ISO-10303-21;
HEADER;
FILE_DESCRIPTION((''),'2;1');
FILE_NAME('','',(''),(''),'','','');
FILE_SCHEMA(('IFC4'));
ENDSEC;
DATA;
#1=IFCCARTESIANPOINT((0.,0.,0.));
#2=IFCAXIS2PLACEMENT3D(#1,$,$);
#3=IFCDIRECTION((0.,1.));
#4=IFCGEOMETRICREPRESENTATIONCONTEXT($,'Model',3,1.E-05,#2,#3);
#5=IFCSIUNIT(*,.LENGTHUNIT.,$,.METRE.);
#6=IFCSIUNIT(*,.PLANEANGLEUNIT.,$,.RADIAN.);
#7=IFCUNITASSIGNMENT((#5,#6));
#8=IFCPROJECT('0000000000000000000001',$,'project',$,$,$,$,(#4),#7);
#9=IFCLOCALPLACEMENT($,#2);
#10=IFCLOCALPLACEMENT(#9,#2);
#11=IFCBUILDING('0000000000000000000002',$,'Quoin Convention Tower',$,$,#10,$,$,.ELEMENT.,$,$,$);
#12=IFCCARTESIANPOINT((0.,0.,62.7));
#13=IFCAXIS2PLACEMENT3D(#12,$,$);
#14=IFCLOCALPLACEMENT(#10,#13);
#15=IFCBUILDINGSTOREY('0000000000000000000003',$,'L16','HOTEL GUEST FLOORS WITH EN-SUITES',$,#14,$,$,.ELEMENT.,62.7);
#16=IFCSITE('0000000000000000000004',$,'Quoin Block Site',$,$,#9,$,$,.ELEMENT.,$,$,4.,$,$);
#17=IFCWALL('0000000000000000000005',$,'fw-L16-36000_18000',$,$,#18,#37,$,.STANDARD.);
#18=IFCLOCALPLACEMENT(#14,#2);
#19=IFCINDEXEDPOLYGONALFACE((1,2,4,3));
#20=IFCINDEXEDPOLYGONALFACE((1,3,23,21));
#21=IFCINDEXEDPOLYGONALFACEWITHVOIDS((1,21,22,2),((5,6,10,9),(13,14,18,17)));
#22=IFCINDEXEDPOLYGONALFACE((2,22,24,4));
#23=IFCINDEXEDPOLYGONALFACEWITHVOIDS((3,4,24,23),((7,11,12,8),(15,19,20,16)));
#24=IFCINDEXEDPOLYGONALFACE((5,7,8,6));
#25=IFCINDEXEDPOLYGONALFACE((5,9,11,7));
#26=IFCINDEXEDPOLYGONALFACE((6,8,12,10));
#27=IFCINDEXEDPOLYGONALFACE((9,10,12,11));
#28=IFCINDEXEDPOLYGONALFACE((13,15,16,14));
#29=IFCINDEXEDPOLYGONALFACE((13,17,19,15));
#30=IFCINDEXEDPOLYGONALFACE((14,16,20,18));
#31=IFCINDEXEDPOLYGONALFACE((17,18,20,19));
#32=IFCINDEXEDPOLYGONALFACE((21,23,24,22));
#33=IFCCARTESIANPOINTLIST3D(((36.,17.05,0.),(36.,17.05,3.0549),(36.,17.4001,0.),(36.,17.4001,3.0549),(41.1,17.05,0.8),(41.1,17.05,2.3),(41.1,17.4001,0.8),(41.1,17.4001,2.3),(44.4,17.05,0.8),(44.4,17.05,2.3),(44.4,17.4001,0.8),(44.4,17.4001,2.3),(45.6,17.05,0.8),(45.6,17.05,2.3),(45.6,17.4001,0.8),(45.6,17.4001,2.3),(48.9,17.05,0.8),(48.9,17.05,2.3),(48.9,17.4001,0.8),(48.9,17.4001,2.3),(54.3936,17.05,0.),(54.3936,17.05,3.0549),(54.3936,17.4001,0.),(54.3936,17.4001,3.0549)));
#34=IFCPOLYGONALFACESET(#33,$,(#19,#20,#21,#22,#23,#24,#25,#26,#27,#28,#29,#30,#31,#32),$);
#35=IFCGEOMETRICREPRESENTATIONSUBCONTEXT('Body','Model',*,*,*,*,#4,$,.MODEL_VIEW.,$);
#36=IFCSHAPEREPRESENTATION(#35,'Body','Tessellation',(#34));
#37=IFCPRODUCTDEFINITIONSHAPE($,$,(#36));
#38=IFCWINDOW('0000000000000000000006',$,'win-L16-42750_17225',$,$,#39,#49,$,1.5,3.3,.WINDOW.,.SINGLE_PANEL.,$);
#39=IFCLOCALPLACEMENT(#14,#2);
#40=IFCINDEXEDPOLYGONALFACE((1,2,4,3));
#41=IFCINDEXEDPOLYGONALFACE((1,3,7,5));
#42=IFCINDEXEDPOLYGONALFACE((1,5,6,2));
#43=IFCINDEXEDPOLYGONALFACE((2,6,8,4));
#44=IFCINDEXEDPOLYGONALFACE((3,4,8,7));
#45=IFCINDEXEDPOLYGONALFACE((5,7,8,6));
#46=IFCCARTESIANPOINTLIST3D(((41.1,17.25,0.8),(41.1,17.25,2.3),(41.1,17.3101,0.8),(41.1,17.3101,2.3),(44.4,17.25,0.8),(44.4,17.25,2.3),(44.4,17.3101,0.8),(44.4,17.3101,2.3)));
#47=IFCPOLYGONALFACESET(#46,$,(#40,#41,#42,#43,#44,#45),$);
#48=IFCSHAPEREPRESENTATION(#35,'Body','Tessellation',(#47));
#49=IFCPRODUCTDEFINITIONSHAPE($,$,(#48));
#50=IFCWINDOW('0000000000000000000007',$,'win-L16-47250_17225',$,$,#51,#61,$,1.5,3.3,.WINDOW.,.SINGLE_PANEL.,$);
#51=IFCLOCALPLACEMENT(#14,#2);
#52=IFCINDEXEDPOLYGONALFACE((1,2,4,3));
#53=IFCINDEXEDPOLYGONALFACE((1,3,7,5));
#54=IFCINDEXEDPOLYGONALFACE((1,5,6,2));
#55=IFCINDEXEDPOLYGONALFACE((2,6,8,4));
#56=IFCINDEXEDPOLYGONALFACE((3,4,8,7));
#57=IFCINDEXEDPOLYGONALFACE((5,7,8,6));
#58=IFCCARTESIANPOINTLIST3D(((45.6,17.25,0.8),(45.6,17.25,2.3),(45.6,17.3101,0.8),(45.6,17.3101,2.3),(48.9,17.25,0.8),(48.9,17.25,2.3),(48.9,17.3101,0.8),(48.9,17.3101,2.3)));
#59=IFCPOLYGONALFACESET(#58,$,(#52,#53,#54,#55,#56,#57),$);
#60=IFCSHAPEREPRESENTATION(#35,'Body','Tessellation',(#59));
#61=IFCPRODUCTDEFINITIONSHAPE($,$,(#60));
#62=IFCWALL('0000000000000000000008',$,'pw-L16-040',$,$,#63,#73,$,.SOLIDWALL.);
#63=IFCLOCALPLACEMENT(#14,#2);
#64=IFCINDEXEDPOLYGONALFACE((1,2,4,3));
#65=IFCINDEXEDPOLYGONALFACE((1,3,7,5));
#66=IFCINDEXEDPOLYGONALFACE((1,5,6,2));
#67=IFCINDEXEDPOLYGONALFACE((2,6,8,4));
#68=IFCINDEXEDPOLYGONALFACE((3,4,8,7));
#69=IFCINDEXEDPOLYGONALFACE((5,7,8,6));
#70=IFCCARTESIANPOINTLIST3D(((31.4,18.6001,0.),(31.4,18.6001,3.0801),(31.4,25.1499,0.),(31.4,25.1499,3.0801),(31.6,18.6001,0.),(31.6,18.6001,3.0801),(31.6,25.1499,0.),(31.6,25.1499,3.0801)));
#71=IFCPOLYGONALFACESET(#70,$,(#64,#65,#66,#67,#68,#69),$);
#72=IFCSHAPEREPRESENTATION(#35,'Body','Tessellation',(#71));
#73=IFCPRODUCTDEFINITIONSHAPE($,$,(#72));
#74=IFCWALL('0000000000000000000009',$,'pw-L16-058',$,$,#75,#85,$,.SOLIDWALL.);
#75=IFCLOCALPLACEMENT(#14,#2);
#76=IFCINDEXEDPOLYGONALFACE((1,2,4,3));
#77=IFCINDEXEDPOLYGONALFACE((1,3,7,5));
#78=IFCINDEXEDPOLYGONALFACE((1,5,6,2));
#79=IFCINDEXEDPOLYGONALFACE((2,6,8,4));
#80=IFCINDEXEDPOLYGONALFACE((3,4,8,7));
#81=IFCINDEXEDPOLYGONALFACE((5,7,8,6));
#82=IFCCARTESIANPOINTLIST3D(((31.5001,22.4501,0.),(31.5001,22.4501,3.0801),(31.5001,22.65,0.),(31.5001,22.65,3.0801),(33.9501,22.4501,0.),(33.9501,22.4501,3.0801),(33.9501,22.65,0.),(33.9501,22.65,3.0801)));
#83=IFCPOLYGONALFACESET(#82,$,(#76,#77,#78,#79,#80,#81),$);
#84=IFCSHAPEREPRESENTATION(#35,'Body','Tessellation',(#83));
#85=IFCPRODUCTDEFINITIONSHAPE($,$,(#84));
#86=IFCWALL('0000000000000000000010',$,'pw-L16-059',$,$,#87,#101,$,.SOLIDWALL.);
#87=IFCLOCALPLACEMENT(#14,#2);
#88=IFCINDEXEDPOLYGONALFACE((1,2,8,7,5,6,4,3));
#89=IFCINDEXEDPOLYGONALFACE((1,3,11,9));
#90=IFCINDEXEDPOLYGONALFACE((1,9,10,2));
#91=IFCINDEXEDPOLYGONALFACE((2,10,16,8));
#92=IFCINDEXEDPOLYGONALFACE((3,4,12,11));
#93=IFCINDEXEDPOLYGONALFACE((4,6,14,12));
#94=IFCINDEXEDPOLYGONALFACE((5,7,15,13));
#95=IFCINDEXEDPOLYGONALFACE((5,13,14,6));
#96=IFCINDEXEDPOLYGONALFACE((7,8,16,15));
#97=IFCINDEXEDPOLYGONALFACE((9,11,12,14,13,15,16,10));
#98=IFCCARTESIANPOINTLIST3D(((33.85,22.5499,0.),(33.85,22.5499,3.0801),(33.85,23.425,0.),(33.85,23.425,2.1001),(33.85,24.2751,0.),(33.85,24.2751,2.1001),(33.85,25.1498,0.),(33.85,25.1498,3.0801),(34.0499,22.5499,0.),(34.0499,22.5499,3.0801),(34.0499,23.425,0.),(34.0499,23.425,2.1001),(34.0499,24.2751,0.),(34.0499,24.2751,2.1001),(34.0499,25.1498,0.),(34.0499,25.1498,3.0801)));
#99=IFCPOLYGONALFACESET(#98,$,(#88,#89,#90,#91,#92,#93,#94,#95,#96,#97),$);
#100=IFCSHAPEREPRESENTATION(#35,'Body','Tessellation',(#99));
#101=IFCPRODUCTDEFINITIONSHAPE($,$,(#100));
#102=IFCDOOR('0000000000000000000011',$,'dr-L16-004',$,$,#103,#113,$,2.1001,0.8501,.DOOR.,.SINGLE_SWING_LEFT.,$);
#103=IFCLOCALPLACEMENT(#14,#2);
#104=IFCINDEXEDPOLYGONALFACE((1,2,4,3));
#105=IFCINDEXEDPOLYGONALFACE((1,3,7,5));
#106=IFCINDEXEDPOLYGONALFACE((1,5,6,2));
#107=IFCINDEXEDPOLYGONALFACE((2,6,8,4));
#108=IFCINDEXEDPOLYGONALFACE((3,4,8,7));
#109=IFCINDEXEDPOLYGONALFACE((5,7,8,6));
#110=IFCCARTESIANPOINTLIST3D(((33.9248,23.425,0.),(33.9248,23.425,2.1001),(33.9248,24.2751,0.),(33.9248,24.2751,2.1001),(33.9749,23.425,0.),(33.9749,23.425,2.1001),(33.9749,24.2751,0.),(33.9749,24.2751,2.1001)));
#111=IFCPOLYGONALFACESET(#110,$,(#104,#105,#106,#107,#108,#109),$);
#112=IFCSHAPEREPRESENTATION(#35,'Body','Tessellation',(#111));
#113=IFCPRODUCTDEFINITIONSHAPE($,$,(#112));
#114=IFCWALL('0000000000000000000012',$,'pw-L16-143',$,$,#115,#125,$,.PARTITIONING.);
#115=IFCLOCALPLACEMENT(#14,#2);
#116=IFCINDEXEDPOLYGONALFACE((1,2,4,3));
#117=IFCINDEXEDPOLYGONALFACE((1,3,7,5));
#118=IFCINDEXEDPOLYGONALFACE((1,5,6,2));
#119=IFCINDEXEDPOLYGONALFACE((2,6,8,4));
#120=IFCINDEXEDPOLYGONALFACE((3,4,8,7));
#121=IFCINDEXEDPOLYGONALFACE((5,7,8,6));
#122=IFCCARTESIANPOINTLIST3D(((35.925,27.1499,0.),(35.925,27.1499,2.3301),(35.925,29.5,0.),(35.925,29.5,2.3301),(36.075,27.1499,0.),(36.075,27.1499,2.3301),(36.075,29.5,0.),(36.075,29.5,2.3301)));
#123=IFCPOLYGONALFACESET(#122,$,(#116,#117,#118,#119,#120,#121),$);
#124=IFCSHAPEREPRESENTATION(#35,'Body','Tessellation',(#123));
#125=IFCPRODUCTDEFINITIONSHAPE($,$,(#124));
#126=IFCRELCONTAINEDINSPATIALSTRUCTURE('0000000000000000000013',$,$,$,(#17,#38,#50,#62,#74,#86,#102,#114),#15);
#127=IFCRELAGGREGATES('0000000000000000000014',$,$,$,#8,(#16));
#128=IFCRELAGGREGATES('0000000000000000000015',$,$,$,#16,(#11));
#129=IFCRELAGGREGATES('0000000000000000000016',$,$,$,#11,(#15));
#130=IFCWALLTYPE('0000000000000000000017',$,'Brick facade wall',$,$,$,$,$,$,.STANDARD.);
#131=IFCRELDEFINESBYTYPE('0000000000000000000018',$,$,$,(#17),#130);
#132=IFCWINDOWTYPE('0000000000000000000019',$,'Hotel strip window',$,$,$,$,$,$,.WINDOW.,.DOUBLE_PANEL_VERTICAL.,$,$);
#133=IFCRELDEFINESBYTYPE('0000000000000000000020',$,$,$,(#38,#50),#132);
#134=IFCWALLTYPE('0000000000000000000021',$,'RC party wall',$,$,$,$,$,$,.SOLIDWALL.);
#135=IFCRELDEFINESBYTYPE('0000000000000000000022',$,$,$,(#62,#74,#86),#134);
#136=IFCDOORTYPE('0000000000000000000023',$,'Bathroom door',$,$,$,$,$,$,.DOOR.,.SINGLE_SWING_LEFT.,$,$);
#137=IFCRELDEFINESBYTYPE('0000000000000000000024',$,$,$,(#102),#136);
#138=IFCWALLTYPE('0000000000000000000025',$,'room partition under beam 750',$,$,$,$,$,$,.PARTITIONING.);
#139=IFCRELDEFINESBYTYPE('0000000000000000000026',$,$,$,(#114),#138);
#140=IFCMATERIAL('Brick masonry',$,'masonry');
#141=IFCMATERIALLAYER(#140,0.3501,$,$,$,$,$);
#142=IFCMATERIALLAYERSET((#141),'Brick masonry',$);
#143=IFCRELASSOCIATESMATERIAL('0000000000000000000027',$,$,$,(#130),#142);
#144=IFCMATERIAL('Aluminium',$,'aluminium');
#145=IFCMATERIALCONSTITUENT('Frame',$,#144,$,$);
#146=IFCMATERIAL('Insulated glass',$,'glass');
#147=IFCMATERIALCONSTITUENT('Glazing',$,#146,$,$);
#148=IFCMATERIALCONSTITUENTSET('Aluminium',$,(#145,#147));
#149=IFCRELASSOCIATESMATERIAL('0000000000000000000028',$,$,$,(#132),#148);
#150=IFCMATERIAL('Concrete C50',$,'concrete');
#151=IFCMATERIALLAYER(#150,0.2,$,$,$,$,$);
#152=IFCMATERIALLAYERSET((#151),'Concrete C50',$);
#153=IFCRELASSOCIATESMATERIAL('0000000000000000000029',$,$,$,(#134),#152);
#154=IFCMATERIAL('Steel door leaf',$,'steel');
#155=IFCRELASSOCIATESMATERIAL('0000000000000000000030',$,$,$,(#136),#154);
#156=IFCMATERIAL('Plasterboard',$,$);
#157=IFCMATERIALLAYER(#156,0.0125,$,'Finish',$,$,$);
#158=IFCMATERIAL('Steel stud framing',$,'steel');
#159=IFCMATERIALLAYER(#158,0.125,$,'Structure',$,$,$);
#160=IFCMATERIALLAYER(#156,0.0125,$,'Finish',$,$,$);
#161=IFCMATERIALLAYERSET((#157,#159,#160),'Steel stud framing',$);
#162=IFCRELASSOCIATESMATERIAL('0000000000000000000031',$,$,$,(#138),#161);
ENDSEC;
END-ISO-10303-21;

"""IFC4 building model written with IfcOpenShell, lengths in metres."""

from ifc_helpers import new_model, si_unit, direction, frame, frame_2d, origin, place, context, subcontext, project, spatial, rectangle, extrude, material, layer, layer_set, constituent, constituent_set, type_object, element, fill, save


model = new_model("IFC4")

# Units and contexts
model_context = context("Model", 3, precision=1e-05, world=origin(), true_north=direction((0.0, 1.0)))
body_context = subcontext(model_context, "Body", "Model", "MODEL_VIEW")
ifc_project = project(units=[si_unit("LENGTHUNIT", "METRE"), si_unit("PLANEANGLEUNIT", "RADIAN")], contexts=[model_context])

# Site, building, storey
site_placement = place(None, origin())
site = spatial("IfcSite", under=ifc_project, at=site_placement, Name="Quoin Block Site", CompositionType="ELEMENT", RefElevation=4.0)
building_placement = place(site_placement, origin())
building = spatial("IfcBuilding", under=site, at=building_placement, Name="Quoin Convention Tower", CompositionType="ELEMENT")
storey_placement = place(building_placement, frame((0.0, 0.0, 62.7)))
storey = spatial("IfcBuildingStorey", under=building, at=storey_placement, Name="L16", Description="HOTEL GUEST FLOORS WITH EN-SUITES", CompositionType="ELEMENT", Elevation=62.7)

# Wall, openings, windows
ifc_material_1 = material(Name="Brick masonry", Category="masonry")
ifc_layer_1 = layer(ifc_material_1, 0.3501)
ifc_layer_set_1 = layer_set([ifc_layer_1], Name="Brick masonry")
wall_type_1 = type_object("IfcWallType", Name="Brick facade wall", PredefinedType="STANDARD", material=ifc_layer_set_1)
wall_1_placement = place(storey_placement, frame((36.0, 17.2251, 0.0), z_axis=(0.0, 0.0, 1.0), x_axis=(1.0, 0.0, 0.0)))
wall_1 = element("IfcWall", 1, at=wall_1_placement, inside=storey, type_object=wall_type_1, Name="fw-L16-36000_18000", PredefinedType="STANDARD", context=body_context, shape_type="SweptSolid", body=[
    extrude(rectangle(XDim=18.3936, YDim=0.3501, at=frame_2d((9.1968, 0.0))), origin(), (0.0, 0.0, 1.0), 3.0549),
])
opening_1_placement = place(wall_1_placement, frame((5.1001, 0.0, 0.8)))
opening_1 = element("IfcOpeningElement", 2, at=opening_1_placement, cuts=wall_1, PredefinedType="OPENING", context=body_context, shape_type="SweptSolid", body=[
    extrude(rectangle(XDim=3.3, YDim=1.5, at=frame_2d((1.6499, 0.75))), frame((0.0, 0.1851, 0.0), z_axis=(0.0, -1.0, 0.0), x_axis=(1.0, 0.0, 0.0)), (0.0, 0.0, 1.0), 0.3701),
])
opening_2_placement = place(wall_1_placement, frame((9.6001, 0.0, 0.8)))
opening_2 = element("IfcOpeningElement", 3, at=opening_2_placement, cuts=wall_1, PredefinedType="OPENING", context=body_context, shape_type="SweptSolid", body=[
    extrude(rectangle(XDim=3.3, YDim=1.5, at=frame_2d((1.6499, 0.75))), frame((0.0, 0.1851, 0.0), z_axis=(0.0, -1.0, 0.0), x_axis=(1.0, 0.0, 0.0)), (0.0, 0.0, 1.0), 0.3701),
])
ifc_material_2 = material(Name="Aluminium", Category="aluminium")
ifc_constituent_1 = constituent(ifc_material_2, Name="Frame")
ifc_material_3 = material(Name="Insulated glass", Category="glass")
ifc_constituent_2 = constituent(ifc_material_3, Name="Glazing")
ifc_constituent_set = constituent_set(constituents=[ifc_constituent_1, ifc_constituent_2], Name="Aluminium")
window_type = type_object("IfcWindowType", Name="Hotel strip window", PartitioningType="DOUBLE_PANEL_VERTICAL", PredefinedType="WINDOW", material=ifc_constituent_set)
window_1_placement = place(opening_1_placement, origin())
window_1 = element("IfcWindow", 4, at=window_1_placement, inside=storey, type_object=window_type, Name="win-L16-42750_17225", OverallHeight=1.5, OverallWidth=3.3, PartitioningType="SINGLE_PANEL", PredefinedType="WINDOW", context=body_context, shape_type="SweptSolid", body=[
    extrude(rectangle(XDim=3.3, YDim=1.5, at=frame_2d((1.6499, 0.75))), frame((0.0, 0.085, 0.0), z_axis=(0.0, -1.0, 0.0), x_axis=(1.0, 0.0, 0.0)), (0.0, 0.0, 1.0), 0.0601),
])
fill(opening_1, window_1)
window_2_placement = place(opening_2_placement, origin())
window_2 = element("IfcWindow", 5, at=window_2_placement, inside=storey, type_object=window_type, Name="win-L16-47250_17225", OverallHeight=1.5, OverallWidth=3.3, PartitioningType="SINGLE_PANEL", PredefinedType="WINDOW", context=body_context, shape_type="SweptSolid", body=[
    extrude(rectangle(XDim=3.3, YDim=1.5, at=frame_2d((1.6499, 0.75))), frame((0.0, 0.085, 0.0), z_axis=(0.0, -1.0, 0.0), x_axis=(1.0, 0.0, 0.0)), (0.0, 0.0, 1.0), 0.0601),
])
fill(opening_2, window_2)

# Walls
ifc_material_4 = material(Name="Concrete C50", Category="concrete")
ifc_layer_2 = layer(ifc_material_4, 0.2)
ifc_layer_set_2 = layer_set([ifc_layer_2], Name="Concrete C50")
wall_type_2 = type_object("IfcWallType", Name="RC party wall", PredefinedType="SOLIDWALL", material=ifc_layer_set_2)
wall_2_placement = place(storey_placement, frame((31.5, 18.6001, 0.0), z_axis=(0.0, 0.0, 1.0), x_axis=(0.0, 1.0, 0.0)))
element("IfcWall", 6, at=wall_2_placement, inside=storey, type_object=wall_type_2, Name="pw-L16-040", PredefinedType="SOLIDWALL", context=body_context, shape_type="SweptSolid", body=[
    extrude(rectangle(XDim=6.5498, YDim=0.2, at=frame_2d((3.2749, 0.0))), origin(), (0.0, 0.0, 1.0), 3.0801),
])
wall_3_placement = place(storey_placement, frame((31.5, 22.55, 0.0), z_axis=(0.0, 0.0, 1.0), x_axis=(1.0, 0.0, 0.0)))
element("IfcWall", 7, at=wall_3_placement, inside=storey, type_object=wall_type_2, Name="pw-L16-058", PredefinedType="SOLIDWALL", context=body_context, shape_type="SweptSolid", body=[
    extrude(rectangle(XDim=2.45, YDim=0.2, at=frame_2d((1.2251, 0.0))), origin(), (0.0, 0.0, 1.0), 3.0801),
])

# Wall, opening, door
wall_4_placement = place(storey_placement, frame((33.95, 22.55, 0.0), z_axis=(0.0, 0.0, 1.0), x_axis=(0.0, 1.0, 0.0)))
wall_4 = element("IfcWall", 8, at=wall_4_placement, inside=storey, type_object=wall_type_2, Name="pw-L16-059", PredefinedType="SOLIDWALL", context=body_context, shape_type="SweptSolid", body=[
    extrude(rectangle(XDim=2.5999, YDim=0.2, at=frame_2d((1.2998, 0.0))), origin(), (0.0, 0.0, 1.0), 3.0801),
])
opening_3_placement = place(wall_4_placement, frame((0.875, 0.0, 0.0)))
opening_3 = element("IfcOpeningElement", 9, at=opening_3_placement, cuts=wall_4, PredefinedType="OPENING", context=body_context, shape_type="SweptSolid", body=[
    extrude(rectangle(XDim=0.8501, YDim=2.1001, at=frame_2d((0.425, 1.05))), frame((0.0, 0.1099, 0.0), z_axis=(0.0, -1.0, 0.0), x_axis=(1.0, 0.0, 0.0)), (0.0, 0.0, 1.0), 0.22),
])
ifc_material_5 = material(Name="Steel door leaf", Category="steel")
door_type = type_object("IfcDoorType", Name="Bathroom door", OperationType="SINGLE_SWING_LEFT", PredefinedType="DOOR", material=ifc_material_5)
door_placement = place(opening_3_placement, frame((0.8501, 0.0, 0.0), z_axis=(0.0, 0.0, 1.0), x_axis=(-1.0, 0.0, 0.0)))
door = element("IfcDoor", 10, at=door_placement, inside=storey, type_object=door_type, Name="dr-L16-004", OperationType="SINGLE_SWING_LEFT", OverallHeight=2.1001, OverallWidth=0.8501, PredefinedType="DOOR", context=body_context, shape_type="SweptSolid", body=[
    extrude(rectangle(XDim=0.8501, YDim=2.1001, at=frame_2d((0.425, 1.05))), frame((0.0, 0.0249, 0.0), z_axis=(0.0, -1.0, 0.0), x_axis=(1.0, 0.0, 0.0)), (0.0, 0.0, 1.0), 0.05),
])
fill(opening_3, door)

# Wall
ifc_material_6 = material(Name="Plasterboard")
ifc_layer_3 = layer(ifc_material_6, 0.0125, Name="Finish")
ifc_material_7 = material(Name="Steel stud framing", Category="steel")
ifc_layer_4 = layer(ifc_material_7, 0.125, Name="Structure")
ifc_layer_5 = layer(ifc_material_6, 0.0125, Name="Finish")
ifc_layer_set_3 = layer_set([ifc_layer_3, ifc_layer_4, ifc_layer_5], Name="Steel stud framing")
wall_type_3 = type_object("IfcWallType", Name="room partition under beam 750", PredefinedType="PARTITIONING", material=ifc_layer_set_3)
wall_5_placement = place(storey_placement, frame((36.0, 27.1499, 0.0), z_axis=(0.0, 0.0, 1.0), x_axis=(0.0, 1.0, 0.0)))
element("IfcWall", 11, at=wall_5_placement, inside=storey, type_object=wall_type_3, Name="pw-L16-143", PredefinedType="PARTITIONING", context=body_context, shape_type="SweptSolid", body=[
    extrude(rectangle(XDim=2.3501, YDim=0.1499, at=frame_2d((1.175, 0.0))), origin(), (0.0, 0.0, 1.0), 2.3301),
])

save(model, "model.ifc")
